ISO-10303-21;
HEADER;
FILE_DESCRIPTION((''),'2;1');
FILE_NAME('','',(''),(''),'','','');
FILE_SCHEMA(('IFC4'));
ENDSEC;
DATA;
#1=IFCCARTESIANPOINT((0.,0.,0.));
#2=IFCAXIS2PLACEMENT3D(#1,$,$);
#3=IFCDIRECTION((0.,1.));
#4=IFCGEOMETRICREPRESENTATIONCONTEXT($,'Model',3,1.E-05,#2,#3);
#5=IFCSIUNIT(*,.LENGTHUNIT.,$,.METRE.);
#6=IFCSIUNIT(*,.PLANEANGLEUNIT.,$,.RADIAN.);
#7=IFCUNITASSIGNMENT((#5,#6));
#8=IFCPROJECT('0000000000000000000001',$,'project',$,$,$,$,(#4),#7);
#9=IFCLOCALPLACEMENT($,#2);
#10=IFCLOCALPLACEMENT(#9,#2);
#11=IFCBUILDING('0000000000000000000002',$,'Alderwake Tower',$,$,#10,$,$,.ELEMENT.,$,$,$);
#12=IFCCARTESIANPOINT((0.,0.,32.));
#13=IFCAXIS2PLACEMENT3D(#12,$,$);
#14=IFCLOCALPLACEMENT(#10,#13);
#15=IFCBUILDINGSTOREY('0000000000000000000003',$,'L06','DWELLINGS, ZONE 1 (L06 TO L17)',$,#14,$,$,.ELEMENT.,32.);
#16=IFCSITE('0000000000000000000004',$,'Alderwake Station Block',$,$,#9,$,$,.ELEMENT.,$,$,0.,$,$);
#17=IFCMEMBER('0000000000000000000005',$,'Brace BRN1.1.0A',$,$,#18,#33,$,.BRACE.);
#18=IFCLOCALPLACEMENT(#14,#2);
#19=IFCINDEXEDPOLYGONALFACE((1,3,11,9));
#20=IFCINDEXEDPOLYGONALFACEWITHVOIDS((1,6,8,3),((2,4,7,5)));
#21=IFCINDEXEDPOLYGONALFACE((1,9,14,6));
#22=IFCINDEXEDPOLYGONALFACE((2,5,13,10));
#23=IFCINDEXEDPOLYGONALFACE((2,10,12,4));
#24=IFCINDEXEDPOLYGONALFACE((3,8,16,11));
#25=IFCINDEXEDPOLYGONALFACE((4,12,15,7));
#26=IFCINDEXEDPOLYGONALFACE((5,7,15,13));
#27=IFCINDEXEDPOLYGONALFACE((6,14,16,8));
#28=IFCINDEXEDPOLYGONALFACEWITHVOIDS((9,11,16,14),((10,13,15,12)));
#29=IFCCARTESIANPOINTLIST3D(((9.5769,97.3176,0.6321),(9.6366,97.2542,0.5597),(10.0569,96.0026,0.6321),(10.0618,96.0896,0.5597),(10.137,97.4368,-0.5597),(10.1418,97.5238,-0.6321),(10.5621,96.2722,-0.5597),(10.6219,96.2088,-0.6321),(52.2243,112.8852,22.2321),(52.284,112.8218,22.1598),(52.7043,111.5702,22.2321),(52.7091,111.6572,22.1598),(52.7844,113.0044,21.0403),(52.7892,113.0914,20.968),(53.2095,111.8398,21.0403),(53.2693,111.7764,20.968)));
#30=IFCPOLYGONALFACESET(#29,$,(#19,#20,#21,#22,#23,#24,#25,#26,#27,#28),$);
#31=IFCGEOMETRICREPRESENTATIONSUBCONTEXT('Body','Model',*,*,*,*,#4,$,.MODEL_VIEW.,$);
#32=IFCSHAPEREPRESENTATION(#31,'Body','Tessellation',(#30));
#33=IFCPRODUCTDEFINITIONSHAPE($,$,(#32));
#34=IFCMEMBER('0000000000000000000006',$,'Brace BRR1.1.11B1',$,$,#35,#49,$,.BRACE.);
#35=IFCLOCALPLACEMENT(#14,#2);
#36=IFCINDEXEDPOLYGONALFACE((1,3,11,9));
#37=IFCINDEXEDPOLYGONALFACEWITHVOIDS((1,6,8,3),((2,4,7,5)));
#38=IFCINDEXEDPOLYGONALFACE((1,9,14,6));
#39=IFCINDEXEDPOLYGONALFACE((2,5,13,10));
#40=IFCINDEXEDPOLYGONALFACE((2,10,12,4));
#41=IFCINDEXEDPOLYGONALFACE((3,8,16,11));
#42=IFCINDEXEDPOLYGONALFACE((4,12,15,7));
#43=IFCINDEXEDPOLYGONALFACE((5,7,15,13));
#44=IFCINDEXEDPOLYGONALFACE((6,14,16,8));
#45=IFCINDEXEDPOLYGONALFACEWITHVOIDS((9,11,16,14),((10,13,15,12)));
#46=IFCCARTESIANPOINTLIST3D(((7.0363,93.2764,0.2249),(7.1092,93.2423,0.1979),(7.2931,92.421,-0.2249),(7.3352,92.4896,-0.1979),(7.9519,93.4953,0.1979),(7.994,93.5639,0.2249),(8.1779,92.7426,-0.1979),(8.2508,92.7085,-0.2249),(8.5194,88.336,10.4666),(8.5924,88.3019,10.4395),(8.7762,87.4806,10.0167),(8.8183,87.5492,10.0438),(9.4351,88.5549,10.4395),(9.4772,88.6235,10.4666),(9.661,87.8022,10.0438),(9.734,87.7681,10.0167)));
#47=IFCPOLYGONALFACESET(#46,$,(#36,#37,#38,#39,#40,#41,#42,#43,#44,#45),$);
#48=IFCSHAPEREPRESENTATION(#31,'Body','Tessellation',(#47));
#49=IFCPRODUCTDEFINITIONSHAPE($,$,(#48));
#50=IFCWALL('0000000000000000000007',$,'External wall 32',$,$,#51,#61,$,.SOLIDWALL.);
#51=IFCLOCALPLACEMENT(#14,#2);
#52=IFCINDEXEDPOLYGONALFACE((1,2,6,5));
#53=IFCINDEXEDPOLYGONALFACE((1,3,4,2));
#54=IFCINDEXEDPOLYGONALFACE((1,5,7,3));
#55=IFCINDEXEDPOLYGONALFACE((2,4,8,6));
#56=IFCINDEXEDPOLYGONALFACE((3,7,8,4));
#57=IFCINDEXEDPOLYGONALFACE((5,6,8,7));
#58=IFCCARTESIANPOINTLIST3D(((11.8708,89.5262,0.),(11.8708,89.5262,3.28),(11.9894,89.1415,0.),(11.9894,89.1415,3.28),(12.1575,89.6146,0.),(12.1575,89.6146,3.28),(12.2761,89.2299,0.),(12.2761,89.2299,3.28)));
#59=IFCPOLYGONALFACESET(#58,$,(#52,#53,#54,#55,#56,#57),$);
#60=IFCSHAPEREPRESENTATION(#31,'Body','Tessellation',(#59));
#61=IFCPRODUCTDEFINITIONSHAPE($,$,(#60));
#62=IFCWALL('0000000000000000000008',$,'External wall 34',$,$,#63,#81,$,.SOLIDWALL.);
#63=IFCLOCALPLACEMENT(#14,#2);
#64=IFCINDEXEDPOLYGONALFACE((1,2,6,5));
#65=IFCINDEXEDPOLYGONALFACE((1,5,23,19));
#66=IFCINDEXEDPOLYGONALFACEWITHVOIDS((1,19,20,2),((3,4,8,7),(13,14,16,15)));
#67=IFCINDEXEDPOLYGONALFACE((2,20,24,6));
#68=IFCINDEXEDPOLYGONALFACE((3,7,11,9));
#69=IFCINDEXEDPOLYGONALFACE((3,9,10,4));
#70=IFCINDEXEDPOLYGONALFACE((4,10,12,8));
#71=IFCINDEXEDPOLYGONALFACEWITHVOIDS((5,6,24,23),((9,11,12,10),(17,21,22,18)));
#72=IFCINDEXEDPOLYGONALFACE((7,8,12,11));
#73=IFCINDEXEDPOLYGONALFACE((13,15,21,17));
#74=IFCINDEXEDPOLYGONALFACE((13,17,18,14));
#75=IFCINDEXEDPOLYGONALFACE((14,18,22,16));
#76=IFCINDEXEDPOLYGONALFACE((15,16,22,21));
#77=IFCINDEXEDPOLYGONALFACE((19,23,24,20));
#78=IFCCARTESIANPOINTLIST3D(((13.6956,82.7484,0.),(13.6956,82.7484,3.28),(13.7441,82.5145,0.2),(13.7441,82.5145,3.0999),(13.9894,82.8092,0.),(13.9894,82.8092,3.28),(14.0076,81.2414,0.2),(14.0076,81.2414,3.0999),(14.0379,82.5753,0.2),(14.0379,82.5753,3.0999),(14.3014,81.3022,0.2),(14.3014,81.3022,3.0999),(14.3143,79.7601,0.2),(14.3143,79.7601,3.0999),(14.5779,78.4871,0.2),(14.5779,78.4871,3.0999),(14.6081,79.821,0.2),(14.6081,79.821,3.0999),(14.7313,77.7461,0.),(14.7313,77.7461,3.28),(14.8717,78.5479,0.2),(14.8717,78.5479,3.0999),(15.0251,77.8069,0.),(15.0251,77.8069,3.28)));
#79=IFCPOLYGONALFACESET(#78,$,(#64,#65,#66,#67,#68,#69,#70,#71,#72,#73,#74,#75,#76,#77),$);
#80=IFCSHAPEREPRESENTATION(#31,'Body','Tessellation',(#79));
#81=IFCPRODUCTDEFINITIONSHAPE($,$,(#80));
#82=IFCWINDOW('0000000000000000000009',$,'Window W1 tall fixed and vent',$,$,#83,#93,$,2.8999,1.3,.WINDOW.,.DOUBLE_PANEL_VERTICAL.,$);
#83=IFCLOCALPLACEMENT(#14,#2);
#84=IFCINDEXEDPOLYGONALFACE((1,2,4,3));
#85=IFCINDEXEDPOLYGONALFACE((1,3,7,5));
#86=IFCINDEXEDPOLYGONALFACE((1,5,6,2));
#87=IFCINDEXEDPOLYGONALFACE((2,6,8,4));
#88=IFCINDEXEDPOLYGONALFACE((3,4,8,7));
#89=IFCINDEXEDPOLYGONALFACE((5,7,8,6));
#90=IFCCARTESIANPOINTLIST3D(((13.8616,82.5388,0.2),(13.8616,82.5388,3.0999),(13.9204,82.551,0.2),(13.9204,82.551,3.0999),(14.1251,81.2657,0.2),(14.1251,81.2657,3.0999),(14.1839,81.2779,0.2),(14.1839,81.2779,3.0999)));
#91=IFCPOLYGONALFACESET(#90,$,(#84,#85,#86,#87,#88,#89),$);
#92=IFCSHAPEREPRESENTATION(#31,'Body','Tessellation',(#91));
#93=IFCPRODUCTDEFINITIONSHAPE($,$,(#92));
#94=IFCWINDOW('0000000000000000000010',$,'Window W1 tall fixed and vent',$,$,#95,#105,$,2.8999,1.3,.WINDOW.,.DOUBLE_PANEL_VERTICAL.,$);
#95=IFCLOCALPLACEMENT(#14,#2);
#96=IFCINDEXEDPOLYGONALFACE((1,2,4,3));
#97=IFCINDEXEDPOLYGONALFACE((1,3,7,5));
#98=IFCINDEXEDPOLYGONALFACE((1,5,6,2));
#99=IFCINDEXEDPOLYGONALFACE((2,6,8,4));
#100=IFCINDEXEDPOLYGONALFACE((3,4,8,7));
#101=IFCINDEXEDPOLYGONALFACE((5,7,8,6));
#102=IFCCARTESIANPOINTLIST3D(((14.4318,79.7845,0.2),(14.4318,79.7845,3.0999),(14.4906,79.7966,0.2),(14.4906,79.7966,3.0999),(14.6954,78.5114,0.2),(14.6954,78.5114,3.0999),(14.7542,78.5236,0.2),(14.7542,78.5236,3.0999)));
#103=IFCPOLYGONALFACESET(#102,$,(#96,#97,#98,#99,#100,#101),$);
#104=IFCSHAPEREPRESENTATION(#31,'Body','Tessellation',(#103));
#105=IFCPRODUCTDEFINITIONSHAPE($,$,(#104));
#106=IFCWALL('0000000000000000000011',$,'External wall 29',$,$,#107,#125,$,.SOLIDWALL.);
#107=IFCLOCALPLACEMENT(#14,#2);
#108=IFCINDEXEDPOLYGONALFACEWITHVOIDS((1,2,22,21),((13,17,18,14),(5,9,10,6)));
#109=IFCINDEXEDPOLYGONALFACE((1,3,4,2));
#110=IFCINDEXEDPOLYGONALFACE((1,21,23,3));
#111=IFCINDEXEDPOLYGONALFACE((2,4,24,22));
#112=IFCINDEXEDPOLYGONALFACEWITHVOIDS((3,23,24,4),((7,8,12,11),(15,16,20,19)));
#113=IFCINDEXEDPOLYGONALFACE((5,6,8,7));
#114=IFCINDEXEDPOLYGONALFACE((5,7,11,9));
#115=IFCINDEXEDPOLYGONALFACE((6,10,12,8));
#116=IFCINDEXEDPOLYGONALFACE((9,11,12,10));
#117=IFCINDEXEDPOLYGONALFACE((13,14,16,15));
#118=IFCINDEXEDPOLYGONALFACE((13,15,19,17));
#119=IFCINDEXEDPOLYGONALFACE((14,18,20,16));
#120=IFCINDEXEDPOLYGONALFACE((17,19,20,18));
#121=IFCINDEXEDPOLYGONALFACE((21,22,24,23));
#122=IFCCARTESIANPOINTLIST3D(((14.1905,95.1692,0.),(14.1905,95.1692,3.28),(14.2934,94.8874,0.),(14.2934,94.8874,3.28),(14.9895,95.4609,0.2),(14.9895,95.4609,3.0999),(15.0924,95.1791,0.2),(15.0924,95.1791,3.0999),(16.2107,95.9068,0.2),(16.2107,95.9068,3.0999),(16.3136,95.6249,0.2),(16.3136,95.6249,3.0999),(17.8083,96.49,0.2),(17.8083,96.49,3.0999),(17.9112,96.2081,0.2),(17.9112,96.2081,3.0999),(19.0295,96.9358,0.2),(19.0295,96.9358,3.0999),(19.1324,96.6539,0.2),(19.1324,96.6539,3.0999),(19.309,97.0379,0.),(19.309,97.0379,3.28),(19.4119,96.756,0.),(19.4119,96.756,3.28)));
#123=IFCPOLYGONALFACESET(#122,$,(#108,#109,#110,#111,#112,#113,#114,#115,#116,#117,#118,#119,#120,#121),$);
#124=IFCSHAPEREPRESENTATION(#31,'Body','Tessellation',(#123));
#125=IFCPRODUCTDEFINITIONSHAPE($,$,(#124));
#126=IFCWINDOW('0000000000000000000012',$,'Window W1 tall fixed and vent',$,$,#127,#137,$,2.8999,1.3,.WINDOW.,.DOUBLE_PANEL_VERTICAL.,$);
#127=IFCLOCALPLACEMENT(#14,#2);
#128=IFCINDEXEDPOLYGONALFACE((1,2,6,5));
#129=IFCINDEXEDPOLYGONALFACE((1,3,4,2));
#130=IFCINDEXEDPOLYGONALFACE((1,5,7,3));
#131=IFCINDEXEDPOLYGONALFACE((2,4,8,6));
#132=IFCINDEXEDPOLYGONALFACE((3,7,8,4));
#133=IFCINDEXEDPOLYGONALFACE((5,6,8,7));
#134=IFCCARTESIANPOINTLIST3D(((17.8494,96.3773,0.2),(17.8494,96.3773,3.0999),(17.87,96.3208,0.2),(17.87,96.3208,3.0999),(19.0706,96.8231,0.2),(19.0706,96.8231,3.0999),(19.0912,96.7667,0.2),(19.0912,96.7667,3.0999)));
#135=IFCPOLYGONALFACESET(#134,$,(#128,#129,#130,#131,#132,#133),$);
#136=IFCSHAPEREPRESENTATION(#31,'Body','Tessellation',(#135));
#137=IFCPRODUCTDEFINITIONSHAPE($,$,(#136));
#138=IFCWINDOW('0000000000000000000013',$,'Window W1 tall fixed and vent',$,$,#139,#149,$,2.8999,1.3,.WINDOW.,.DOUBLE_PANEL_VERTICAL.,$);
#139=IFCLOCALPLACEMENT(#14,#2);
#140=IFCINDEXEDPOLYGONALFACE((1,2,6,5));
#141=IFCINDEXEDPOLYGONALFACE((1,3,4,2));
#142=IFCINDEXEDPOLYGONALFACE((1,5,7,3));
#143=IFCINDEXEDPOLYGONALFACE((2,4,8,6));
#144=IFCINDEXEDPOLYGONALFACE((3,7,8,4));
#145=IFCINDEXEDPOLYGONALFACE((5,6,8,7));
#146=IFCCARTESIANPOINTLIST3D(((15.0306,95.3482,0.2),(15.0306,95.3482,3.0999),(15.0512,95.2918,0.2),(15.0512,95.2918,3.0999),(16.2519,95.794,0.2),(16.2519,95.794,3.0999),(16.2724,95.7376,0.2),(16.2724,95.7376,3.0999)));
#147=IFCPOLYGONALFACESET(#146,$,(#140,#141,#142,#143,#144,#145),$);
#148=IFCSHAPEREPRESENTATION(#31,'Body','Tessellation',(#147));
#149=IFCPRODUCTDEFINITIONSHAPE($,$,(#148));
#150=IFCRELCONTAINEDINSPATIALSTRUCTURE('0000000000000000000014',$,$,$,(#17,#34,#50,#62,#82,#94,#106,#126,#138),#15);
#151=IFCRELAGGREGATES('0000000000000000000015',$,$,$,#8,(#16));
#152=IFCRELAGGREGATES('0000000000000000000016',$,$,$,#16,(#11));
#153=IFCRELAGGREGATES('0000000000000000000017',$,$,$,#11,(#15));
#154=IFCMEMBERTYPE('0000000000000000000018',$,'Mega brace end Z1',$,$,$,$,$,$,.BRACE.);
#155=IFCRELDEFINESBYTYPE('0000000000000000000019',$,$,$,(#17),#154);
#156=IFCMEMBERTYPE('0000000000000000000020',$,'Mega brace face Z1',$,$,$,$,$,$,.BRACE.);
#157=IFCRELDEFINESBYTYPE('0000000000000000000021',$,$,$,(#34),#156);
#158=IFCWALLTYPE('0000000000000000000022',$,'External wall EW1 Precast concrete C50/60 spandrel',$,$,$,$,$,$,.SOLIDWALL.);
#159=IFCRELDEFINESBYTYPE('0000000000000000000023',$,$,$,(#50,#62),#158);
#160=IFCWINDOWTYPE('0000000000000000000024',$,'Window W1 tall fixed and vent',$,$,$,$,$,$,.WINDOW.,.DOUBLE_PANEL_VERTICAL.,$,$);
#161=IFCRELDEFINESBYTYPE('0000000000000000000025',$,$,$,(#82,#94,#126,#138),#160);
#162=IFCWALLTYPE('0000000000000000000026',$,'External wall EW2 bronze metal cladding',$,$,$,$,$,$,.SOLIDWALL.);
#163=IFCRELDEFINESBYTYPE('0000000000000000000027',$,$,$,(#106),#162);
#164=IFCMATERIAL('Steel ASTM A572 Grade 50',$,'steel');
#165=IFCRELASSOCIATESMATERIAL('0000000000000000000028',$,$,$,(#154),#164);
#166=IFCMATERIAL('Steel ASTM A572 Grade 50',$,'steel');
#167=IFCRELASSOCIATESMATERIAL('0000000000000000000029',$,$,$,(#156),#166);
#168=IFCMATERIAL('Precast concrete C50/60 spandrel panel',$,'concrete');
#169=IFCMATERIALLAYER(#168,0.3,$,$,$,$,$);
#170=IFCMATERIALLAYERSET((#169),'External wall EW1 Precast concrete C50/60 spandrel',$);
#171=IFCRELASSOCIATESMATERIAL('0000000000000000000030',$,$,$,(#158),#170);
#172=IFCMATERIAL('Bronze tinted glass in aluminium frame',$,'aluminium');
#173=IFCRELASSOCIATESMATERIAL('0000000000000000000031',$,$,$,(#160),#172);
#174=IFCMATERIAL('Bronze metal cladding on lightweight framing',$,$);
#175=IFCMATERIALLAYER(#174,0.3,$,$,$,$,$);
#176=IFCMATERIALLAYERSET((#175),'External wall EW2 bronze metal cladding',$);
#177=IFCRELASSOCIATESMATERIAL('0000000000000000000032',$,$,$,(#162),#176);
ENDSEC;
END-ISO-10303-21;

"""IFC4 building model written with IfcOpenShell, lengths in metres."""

from ifc_helpers import new_model, si_unit, direction, frame, frame_2d, origin, origin_2d, place, context, subcontext, project, spatial, rectangle, hollow_rectangle, extrude, material, layer, layer_set, material_profile, profile_set, type_object, element, fill, save


model = new_model("IFC4")

# Units and contexts
model_context = context("Model", 3, precision=1e-05, world=origin(), true_north=direction((0.0, 1.0)))
body_context = subcontext(model_context, "Body", "Model", "MODEL_VIEW")
ifc_project = project(units=[si_unit("LENGTHUNIT", "METRE"), si_unit("PLANEANGLEUNIT", "RADIAN")], contexts=[model_context])

# Site, building, storey
site_placement = place(None, origin())
site = spatial("IfcSite", under=ifc_project, at=site_placement, Name="Alderwake Station Block", CompositionType="ELEMENT", RefElevation=0.0)
building_placement = place(site_placement, origin())
building = spatial("IfcBuilding", under=site, at=building_placement, Name="Alderwake Tower", CompositionType="ELEMENT")
storey_placement = place(building_placement, frame((0.0, 0.0, 32.0)))
storey = spatial("IfcBuildingStorey", under=building, at=storey_placement, Name="L06", Description="DWELLINGS, ZONE 1 (L06 TO L17)", CompositionType="ELEMENT", Elevation=32.0)

# Members
ifc_material_1 = material(Name="Steel ASTM A572 Grade 50", Category="steel")
ifc_material_profile_1 = material_profile(ifc_material_1, hollow_rectangle(XDim=1.3999, YDim=1.3999, WallThickness=0.0801, at=origin_2d()), Name="BOX 1400X1400X80")
ifc_profile_set_1 = profile_set([ifc_material_profile_1], Name="Steel ASTM A572 Grade 50")
member_type_1 = type_object("IfcMemberType", Name="Mega brace end Z1", PredefinedType="BRACE", material=ifc_profile_set_1)
member_1_placement = place(storey_placement, frame((10.0994, 96.7632, 0.0), z_axis=(0.848259, 0.309641, 0.429627), x_axis=(-0.3429, 0.939372, 0.0)))
element("IfcMember", 1, at=member_1_placement, inside=storey, type_object=member_type_1, Name="Brace BRN1.1.0A", PredefinedType="BRACE", context=body_context, shape_type="SweptSolid", body=[
    extrude(hollow_rectangle(XDim=1.3999, YDim=1.3999, WallThickness=0.0801, at=origin_2d()), origin(), (0.0, 0.0, 1.0), 50.2764),
])
ifc_material_2 = material(Name="Steel ASTM A572 Grade 50", Category="steel")
ifc_material_profile_2 = material_profile(ifc_material_2, hollow_rectangle(XDim=1.0, YDim=1.0, WallThickness=0.0601, at=origin_2d()), Name="BOX 1000X1000X60")
ifc_profile_set_2 = profile_set([ifc_material_profile_2], Name="Steel ASTM A572 Grade 50")
member_type_2 = type_object("IfcMemberType", Name="Mega brace face Z1", PredefinedType="BRACE", material=ifc_profile_set_2)
member_2_placement = place(storey_placement, frame((7.6436, 92.9924, 0.0), z_axis=(0.129337, -0.430826, 0.893119), x_axis=(0.957772, 0.28753, 0.0)))
element("IfcMember", 2, at=member_2_placement, inside=storey, type_object=member_type_2, Name="Brace BRR1.1.11B1", PredefinedType="BRACE", context=body_context, shape_type="SweptSolid", body=[
    extrude(hollow_rectangle(XDim=1.0, YDim=1.0, WallThickness=0.0601, at=origin_2d()), origin(), (0.0, 0.0, 1.0), 11.4673),
])

# Wall
ifc_material_3 = material(Name="Precast concrete C50/60 spandrel panel", Category="concrete")
ifc_layer_1 = layer(ifc_material_3, 0.3)
ifc_layer_set_1 = layer_set([ifc_layer_1], Name="External wall EW1 Precast concrete C50/60 spandrel")
wall_type_1 = type_object("IfcWallType", Name="External wall EW1 Precast concrete C50/60 spandrel", PredefinedType="SOLIDWALL", material=ifc_layer_set_1)
wall_1_placement = place(storey_placement, frame((12.0142, 89.5703, 0.0), z_axis=(0.0, 0.0, 1.0), x_axis=(0.294682, -0.955595, 0.0)))
element("IfcWall", 3, at=wall_1_placement, inside=storey, type_object=wall_type_1, Name="External wall 32", PredefinedType="SOLIDWALL", context=body_context, shape_type="SweptSolid", body=[
    extrude(rectangle(XDim=0.4026, YDim=0.3, at=frame_2d((0.2012, 0.0))), origin(), (0.0, 0.0, 1.0), 3.28),
])

# Shared definitions
ifc_material_4 = material(Name="Bronze tinted glass in aluminium frame", Category="aluminium")
window_type = type_object("IfcWindowType", Name="Window W1 tall fixed and vent", PartitioningType="DOUBLE_PANEL_VERTICAL", PredefinedType="WINDOW", material=ifc_material_4)

# Walls, openings, windows
wall_2_placement = place(storey_placement, frame((13.8425, 82.7788, 0.0), z_axis=(0.0, 0.0, 1.0), x_axis=(0.202738, -0.979233, 0.0)))
wall_2 = element("IfcWall", 4, at=wall_2_placement, inside=storey, type_object=wall_type_1, Name="External wall 34", PredefinedType="SOLIDWALL", context=body_context, shape_type="SweptSolid", body=[
    extrude(rectangle(XDim=5.1084, YDim=0.3, at=frame_2d((2.5542, 0.0))), origin(), (0.0, 0.0, 1.0), 3.28),
])
opening_1_placement = place(wall_2_placement, frame((0.239, 0.0, 0.2)))
opening_1 = element("IfcOpeningElement", 5, at=opening_1_placement, cuts=wall_2, PredefinedType="OPENING", context=body_context, shape_type="SweptSolid", body=[
    extrude(rectangle(XDim=1.3, YDim=2.8999, at=frame_2d((0.6499, 1.45))), frame((0.0, 0.1599, 0.0), z_axis=(0.0, -1.0, 0.0), x_axis=(1.0, 0.0, 0.0)), (0.0, 0.0, 1.0), 0.3201),
])
opening_2_placement = place(wall_2_placement, frame((3.0518, 0.0, 0.2)))
opening_2 = element("IfcOpeningElement", 6, at=opening_2_placement, cuts=wall_2, PredefinedType="OPENING", context=body_context, shape_type="SweptSolid", body=[
    extrude(rectangle(XDim=1.3, YDim=2.8999, at=frame_2d((0.6499, 1.45))), frame((0.0, 0.1599, 0.0), z_axis=(0.0, -1.0, 0.0), x_axis=(1.0, 0.0, 0.0)), (0.0, 0.0, 1.0), 0.3201),
])
window_1_placement = place(opening_1_placement, origin())
window_1 = element("IfcWindow", 7, at=window_1_placement, inside=storey, type_object=window_type, Name="Window W1 tall fixed and vent", OverallHeight=2.8999, OverallWidth=1.3, PartitioningType="DOUBLE_PANEL_VERTICAL", PredefinedType="WINDOW", context=body_context, shape_type="SweptSolid", body=[
    extrude(rectangle(XDim=1.3, YDim=2.8999, at=frame_2d((0.6499, 1.45))), frame((0.0, 0.03, 0.0), z_axis=(0.0, -1.0, 0.0), x_axis=(1.0, 0.0, 0.0)), (0.0, 0.0, 1.0), 0.0601),
])
fill(opening_1, window_1)
window_2_placement = place(opening_2_placement, origin())
window_2 = element("IfcWindow", 8, at=window_2_placement, inside=storey, type_object=window_type, Name="Window W1 tall fixed and vent", OverallHeight=2.8999, OverallWidth=1.3, PartitioningType="DOUBLE_PANEL_VERTICAL", PredefinedType="WINDOW", context=body_context, shape_type="SweptSolid", body=[
    extrude(rectangle(XDim=1.3, YDim=2.8999, at=frame_2d((0.6499, 1.45))), frame((0.0, 0.03, 0.0), z_axis=(0.0, -1.0, 0.0), x_axis=(1.0, 0.0, 0.0)), (0.0, 0.0, 1.0), 0.0601),
])
fill(opening_2, window_2)
ifc_material_5 = material(Name="Bronze metal cladding on lightweight framing")
ifc_layer_2 = layer(ifc_material_5, 0.3)
ifc_layer_set_2 = layer_set([ifc_layer_2], Name="External wall EW2 bronze metal cladding")
wall_type_2 = type_object("IfcWallType", Name="External wall EW2 bronze metal cladding", PredefinedType="SOLIDWALL", material=ifc_layer_set_2)
wall_3_placement = place(storey_placement, frame((19.3606, 96.897, 0.0), z_axis=(0.0, 0.0, 1.0), x_axis=(-0.939361, -0.34293, 0.0)))
wall_3 = element("IfcWall", 9, at=wall_3_placement, inside=storey, type_object=wall_type_2, Name="External wall 29", PredefinedType="SOLIDWALL", context=body_context, shape_type="SweptSolid", body=[
    extrude(rectangle(XDim=5.449, YDim=0.3, at=frame_2d((2.7246, 0.0))), origin(), (0.0, 0.0, 1.0), 3.28),
])
opening_3_placement = place(wall_3_placement, frame((0.2979, 0.0, 0.2)))
opening_3 = element("IfcOpeningElement", 10, at=opening_3_placement, cuts=wall_3, PredefinedType="OPENING", context=body_context, shape_type="SweptSolid", body=[
    extrude(rectangle(XDim=1.3, YDim=2.8999, at=frame_2d((0.6499, 1.45))), frame((0.0, 0.1599, 0.0), z_axis=(0.0, -1.0, 0.0), x_axis=(1.0, 0.0, 0.0)), (0.0, 0.0, 1.0), 0.3201),
])
opening_4_placement = place(wall_3_placement, frame((3.2986, 0.0, 0.2)))
opening_4 = element("IfcOpeningElement", 11, at=opening_4_placement, cuts=wall_3, PredefinedType="OPENING", context=body_context, shape_type="SweptSolid", body=[
    extrude(rectangle(XDim=1.3, YDim=2.8999, at=frame_2d((0.6499, 1.45))), frame((0.0, 0.1599, 0.0), z_axis=(0.0, -1.0, 0.0), x_axis=(1.0, 0.0, 0.0)), (0.0, 0.0, 1.0), 0.3201),
])
window_3_placement = place(opening_3_placement, origin())
window_3 = element("IfcWindow", 12, at=window_3_placement, inside=storey, type_object=window_type, Name="Window W1 tall fixed and vent", OverallHeight=2.8999, OverallWidth=1.3, PartitioningType="DOUBLE_PANEL_VERTICAL", PredefinedType="WINDOW", context=body_context, shape_type="SweptSolid", body=[
    extrude(rectangle(XDim=1.3, YDim=2.8999, at=frame_2d((0.6499, 1.45))), frame((0.0, 0.03, 0.0), z_axis=(0.0, -1.0, 0.0), x_axis=(1.0, 0.0, 0.0)), (0.0, 0.0, 1.0), 0.0601),
])
fill(opening_3, window_3)
window_4_placement = place(opening_4_placement, origin())
window_4 = element("IfcWindow", 13, at=window_4_placement, inside=storey, type_object=window_type, Name="Window W1 tall fixed and vent", OverallHeight=2.8999, OverallWidth=1.3, PartitioningType="DOUBLE_PANEL_VERTICAL", PredefinedType="WINDOW", context=body_context, shape_type="SweptSolid", body=[
    extrude(rectangle(XDim=1.3, YDim=2.8999, at=frame_2d((0.6499, 1.45))), frame((0.0, 0.03, 0.0), z_axis=(0.0, -1.0, 0.0), x_axis=(1.0, 0.0, 0.0)), (0.0, 0.0, 1.0), 0.0601),
])
fill(opening_4, window_4)

save(model, "model.ifc")
